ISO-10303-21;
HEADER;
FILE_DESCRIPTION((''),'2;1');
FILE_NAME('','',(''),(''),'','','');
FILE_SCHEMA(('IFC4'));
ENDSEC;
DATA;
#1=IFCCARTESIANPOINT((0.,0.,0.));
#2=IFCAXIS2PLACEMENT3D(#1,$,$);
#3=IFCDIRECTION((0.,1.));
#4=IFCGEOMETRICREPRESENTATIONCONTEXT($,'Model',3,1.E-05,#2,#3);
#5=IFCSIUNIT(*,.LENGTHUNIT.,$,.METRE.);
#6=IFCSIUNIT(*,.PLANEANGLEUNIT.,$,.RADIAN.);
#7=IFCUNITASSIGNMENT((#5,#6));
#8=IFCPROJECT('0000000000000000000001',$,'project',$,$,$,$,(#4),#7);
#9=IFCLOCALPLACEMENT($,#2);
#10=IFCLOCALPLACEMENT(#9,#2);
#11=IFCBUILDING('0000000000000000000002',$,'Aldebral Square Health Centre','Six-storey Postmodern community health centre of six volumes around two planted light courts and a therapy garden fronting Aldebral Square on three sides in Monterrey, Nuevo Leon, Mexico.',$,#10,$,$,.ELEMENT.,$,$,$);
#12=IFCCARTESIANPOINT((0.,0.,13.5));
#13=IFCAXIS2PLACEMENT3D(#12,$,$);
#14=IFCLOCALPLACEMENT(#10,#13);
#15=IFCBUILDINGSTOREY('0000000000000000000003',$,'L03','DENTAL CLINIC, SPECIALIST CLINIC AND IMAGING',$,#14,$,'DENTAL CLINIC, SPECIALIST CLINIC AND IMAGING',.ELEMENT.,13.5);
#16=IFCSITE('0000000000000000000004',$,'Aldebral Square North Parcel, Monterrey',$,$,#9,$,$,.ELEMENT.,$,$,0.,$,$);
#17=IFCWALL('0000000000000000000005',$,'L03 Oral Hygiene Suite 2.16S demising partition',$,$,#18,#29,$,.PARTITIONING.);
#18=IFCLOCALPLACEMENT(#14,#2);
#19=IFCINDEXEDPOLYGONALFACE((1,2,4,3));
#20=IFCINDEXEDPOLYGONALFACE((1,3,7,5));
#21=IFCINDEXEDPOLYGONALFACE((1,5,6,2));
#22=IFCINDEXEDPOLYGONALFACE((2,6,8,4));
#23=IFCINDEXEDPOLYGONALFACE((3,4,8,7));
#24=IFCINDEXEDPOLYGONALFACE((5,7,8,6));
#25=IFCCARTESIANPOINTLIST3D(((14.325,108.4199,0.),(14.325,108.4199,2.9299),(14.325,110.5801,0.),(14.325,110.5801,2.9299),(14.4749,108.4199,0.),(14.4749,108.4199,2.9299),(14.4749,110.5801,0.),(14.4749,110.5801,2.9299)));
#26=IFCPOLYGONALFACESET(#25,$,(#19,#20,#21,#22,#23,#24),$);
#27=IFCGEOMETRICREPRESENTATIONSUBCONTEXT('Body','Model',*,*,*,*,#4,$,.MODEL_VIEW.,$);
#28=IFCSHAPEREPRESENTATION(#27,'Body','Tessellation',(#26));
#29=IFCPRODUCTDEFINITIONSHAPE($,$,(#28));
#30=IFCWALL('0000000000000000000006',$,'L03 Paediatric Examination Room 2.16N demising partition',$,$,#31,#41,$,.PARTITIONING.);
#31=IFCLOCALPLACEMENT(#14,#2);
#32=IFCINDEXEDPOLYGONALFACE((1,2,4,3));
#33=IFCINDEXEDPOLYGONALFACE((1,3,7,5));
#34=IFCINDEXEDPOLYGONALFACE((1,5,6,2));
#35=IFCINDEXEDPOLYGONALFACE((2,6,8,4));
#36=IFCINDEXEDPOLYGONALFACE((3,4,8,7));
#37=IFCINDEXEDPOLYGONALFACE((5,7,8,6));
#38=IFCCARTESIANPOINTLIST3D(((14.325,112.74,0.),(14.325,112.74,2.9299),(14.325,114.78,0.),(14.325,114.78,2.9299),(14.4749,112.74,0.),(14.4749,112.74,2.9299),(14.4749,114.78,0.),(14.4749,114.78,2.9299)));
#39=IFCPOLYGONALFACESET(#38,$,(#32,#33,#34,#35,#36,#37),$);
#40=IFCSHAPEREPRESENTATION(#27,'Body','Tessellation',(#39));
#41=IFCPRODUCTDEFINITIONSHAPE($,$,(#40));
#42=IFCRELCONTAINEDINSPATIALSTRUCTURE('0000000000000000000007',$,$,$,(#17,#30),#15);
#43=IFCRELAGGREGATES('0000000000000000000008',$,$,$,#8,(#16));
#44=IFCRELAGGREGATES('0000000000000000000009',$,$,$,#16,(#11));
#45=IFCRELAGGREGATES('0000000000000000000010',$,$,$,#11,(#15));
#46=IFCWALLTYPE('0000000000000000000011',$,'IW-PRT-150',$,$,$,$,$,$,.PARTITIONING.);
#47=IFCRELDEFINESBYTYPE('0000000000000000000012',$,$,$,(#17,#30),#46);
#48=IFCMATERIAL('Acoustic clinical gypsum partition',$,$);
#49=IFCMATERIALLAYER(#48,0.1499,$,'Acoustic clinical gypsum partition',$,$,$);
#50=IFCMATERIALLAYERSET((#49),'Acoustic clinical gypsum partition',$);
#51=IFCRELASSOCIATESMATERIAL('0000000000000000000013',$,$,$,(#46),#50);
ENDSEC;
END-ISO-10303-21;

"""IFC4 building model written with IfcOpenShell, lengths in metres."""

from ifc_helpers import new_model, si_unit, direction, frame, frame_2d, origin, place, context, subcontext, project, spatial, rectangle, extrude, material, layer, layer_set, type_object, element, save


model = new_model("IFC4")

# Units and contexts
model_context = context("Model", 3, precision=1e-05, world=origin(), true_north=direction((0.0, 1.0)))
body_context = subcontext(model_context, "Body", "Model", "MODEL_VIEW")
ifc_project = project(units=[si_unit("LENGTHUNIT", "METRE"), si_unit("PLANEANGLEUNIT", "RADIAN")], contexts=[model_context])

# Site, building, storey
site_placement = place(None, origin())
site = spatial("IfcSite", under=ifc_project, at=site_placement, Name="Aldebral Square North Parcel, Monterrey", CompositionType="ELEMENT", RefElevation=0.0)
building_placement = place(site_placement, origin())
building = spatial("IfcBuilding", under=site, at=building_placement, Name="Aldebral Square Health Centre", Description="Six-storey Postmodern community health centre of six volumes around two planted light courts and a therapy garden fronting Aldebral Square on three sides in Monterrey, Nuevo Leon, Mexico.", CompositionType="ELEMENT")
storey_placement = place(building_placement, frame((0.0, 0.0, 13.5)))
storey = spatial("IfcBuildingStorey", under=building, at=storey_placement, Name="L03", Description="DENTAL CLINIC, SPECIALIST CLINIC AND IMAGING", LongName="DENTAL CLINIC, SPECIALIST CLINIC AND IMAGING", CompositionType="ELEMENT", Elevation=13.5)

# Walls
ifc_material_1 = material(Name="Acoustic clinical gypsum partition")
ifc_layer_1 = layer(ifc_material_1, 0.1499, Name="Acoustic clinical gypsum partition")
ifc_layer_set_1 = layer_set([ifc_layer_1], Name="Acoustic clinical gypsum partition")
wall_type_1 = type_object("IfcWallType", Name="IW-PRT-150", PredefinedType="PARTITIONING", material=ifc_layer_set_1)
wall_1_placement = place(storey_placement, frame((14.3999, 108.4199, 0.0), z_axis=(0.0, 0.0, 1.0), x_axis=(0.0, 1.0, 0.0)))
element("IfcWall", 1, at=wall_1_placement, inside=storey, type_object=wall_type_1, Name="L03 Oral Hygiene Suite 2.16S demising partition", PredefinedType="PARTITIONING", context=body_context, shape_type="SweptSolid", body=[
    extrude(rectangle(XDim=2.1602, YDim=0.1499, at=frame_2d((1.0801, 0.0))), origin(), (0.0, 0.0, 1.0), 2.9299),
])
wall_2_placement = place(storey_placement, frame((14.3999, 112.74, 0.0), z_axis=(0.0, 0.0, 1.0), x_axis=(0.0, 1.0, 0.0)))
element("IfcWall", 2, at=wall_2_placement, inside=storey, type_object=wall_type_1, Name="L03 Paediatric Examination Room 2.16N demising partition", PredefinedType="PARTITIONING", context=body_context, shape_type="SweptSolid", body=[
    extrude(rectangle(XDim=2.04, YDim=0.1499, at=frame_2d((1.02, 0.0))), origin(), (0.0, 0.0, 1.0), 2.9299),
])

save(model, "model.ifc")
